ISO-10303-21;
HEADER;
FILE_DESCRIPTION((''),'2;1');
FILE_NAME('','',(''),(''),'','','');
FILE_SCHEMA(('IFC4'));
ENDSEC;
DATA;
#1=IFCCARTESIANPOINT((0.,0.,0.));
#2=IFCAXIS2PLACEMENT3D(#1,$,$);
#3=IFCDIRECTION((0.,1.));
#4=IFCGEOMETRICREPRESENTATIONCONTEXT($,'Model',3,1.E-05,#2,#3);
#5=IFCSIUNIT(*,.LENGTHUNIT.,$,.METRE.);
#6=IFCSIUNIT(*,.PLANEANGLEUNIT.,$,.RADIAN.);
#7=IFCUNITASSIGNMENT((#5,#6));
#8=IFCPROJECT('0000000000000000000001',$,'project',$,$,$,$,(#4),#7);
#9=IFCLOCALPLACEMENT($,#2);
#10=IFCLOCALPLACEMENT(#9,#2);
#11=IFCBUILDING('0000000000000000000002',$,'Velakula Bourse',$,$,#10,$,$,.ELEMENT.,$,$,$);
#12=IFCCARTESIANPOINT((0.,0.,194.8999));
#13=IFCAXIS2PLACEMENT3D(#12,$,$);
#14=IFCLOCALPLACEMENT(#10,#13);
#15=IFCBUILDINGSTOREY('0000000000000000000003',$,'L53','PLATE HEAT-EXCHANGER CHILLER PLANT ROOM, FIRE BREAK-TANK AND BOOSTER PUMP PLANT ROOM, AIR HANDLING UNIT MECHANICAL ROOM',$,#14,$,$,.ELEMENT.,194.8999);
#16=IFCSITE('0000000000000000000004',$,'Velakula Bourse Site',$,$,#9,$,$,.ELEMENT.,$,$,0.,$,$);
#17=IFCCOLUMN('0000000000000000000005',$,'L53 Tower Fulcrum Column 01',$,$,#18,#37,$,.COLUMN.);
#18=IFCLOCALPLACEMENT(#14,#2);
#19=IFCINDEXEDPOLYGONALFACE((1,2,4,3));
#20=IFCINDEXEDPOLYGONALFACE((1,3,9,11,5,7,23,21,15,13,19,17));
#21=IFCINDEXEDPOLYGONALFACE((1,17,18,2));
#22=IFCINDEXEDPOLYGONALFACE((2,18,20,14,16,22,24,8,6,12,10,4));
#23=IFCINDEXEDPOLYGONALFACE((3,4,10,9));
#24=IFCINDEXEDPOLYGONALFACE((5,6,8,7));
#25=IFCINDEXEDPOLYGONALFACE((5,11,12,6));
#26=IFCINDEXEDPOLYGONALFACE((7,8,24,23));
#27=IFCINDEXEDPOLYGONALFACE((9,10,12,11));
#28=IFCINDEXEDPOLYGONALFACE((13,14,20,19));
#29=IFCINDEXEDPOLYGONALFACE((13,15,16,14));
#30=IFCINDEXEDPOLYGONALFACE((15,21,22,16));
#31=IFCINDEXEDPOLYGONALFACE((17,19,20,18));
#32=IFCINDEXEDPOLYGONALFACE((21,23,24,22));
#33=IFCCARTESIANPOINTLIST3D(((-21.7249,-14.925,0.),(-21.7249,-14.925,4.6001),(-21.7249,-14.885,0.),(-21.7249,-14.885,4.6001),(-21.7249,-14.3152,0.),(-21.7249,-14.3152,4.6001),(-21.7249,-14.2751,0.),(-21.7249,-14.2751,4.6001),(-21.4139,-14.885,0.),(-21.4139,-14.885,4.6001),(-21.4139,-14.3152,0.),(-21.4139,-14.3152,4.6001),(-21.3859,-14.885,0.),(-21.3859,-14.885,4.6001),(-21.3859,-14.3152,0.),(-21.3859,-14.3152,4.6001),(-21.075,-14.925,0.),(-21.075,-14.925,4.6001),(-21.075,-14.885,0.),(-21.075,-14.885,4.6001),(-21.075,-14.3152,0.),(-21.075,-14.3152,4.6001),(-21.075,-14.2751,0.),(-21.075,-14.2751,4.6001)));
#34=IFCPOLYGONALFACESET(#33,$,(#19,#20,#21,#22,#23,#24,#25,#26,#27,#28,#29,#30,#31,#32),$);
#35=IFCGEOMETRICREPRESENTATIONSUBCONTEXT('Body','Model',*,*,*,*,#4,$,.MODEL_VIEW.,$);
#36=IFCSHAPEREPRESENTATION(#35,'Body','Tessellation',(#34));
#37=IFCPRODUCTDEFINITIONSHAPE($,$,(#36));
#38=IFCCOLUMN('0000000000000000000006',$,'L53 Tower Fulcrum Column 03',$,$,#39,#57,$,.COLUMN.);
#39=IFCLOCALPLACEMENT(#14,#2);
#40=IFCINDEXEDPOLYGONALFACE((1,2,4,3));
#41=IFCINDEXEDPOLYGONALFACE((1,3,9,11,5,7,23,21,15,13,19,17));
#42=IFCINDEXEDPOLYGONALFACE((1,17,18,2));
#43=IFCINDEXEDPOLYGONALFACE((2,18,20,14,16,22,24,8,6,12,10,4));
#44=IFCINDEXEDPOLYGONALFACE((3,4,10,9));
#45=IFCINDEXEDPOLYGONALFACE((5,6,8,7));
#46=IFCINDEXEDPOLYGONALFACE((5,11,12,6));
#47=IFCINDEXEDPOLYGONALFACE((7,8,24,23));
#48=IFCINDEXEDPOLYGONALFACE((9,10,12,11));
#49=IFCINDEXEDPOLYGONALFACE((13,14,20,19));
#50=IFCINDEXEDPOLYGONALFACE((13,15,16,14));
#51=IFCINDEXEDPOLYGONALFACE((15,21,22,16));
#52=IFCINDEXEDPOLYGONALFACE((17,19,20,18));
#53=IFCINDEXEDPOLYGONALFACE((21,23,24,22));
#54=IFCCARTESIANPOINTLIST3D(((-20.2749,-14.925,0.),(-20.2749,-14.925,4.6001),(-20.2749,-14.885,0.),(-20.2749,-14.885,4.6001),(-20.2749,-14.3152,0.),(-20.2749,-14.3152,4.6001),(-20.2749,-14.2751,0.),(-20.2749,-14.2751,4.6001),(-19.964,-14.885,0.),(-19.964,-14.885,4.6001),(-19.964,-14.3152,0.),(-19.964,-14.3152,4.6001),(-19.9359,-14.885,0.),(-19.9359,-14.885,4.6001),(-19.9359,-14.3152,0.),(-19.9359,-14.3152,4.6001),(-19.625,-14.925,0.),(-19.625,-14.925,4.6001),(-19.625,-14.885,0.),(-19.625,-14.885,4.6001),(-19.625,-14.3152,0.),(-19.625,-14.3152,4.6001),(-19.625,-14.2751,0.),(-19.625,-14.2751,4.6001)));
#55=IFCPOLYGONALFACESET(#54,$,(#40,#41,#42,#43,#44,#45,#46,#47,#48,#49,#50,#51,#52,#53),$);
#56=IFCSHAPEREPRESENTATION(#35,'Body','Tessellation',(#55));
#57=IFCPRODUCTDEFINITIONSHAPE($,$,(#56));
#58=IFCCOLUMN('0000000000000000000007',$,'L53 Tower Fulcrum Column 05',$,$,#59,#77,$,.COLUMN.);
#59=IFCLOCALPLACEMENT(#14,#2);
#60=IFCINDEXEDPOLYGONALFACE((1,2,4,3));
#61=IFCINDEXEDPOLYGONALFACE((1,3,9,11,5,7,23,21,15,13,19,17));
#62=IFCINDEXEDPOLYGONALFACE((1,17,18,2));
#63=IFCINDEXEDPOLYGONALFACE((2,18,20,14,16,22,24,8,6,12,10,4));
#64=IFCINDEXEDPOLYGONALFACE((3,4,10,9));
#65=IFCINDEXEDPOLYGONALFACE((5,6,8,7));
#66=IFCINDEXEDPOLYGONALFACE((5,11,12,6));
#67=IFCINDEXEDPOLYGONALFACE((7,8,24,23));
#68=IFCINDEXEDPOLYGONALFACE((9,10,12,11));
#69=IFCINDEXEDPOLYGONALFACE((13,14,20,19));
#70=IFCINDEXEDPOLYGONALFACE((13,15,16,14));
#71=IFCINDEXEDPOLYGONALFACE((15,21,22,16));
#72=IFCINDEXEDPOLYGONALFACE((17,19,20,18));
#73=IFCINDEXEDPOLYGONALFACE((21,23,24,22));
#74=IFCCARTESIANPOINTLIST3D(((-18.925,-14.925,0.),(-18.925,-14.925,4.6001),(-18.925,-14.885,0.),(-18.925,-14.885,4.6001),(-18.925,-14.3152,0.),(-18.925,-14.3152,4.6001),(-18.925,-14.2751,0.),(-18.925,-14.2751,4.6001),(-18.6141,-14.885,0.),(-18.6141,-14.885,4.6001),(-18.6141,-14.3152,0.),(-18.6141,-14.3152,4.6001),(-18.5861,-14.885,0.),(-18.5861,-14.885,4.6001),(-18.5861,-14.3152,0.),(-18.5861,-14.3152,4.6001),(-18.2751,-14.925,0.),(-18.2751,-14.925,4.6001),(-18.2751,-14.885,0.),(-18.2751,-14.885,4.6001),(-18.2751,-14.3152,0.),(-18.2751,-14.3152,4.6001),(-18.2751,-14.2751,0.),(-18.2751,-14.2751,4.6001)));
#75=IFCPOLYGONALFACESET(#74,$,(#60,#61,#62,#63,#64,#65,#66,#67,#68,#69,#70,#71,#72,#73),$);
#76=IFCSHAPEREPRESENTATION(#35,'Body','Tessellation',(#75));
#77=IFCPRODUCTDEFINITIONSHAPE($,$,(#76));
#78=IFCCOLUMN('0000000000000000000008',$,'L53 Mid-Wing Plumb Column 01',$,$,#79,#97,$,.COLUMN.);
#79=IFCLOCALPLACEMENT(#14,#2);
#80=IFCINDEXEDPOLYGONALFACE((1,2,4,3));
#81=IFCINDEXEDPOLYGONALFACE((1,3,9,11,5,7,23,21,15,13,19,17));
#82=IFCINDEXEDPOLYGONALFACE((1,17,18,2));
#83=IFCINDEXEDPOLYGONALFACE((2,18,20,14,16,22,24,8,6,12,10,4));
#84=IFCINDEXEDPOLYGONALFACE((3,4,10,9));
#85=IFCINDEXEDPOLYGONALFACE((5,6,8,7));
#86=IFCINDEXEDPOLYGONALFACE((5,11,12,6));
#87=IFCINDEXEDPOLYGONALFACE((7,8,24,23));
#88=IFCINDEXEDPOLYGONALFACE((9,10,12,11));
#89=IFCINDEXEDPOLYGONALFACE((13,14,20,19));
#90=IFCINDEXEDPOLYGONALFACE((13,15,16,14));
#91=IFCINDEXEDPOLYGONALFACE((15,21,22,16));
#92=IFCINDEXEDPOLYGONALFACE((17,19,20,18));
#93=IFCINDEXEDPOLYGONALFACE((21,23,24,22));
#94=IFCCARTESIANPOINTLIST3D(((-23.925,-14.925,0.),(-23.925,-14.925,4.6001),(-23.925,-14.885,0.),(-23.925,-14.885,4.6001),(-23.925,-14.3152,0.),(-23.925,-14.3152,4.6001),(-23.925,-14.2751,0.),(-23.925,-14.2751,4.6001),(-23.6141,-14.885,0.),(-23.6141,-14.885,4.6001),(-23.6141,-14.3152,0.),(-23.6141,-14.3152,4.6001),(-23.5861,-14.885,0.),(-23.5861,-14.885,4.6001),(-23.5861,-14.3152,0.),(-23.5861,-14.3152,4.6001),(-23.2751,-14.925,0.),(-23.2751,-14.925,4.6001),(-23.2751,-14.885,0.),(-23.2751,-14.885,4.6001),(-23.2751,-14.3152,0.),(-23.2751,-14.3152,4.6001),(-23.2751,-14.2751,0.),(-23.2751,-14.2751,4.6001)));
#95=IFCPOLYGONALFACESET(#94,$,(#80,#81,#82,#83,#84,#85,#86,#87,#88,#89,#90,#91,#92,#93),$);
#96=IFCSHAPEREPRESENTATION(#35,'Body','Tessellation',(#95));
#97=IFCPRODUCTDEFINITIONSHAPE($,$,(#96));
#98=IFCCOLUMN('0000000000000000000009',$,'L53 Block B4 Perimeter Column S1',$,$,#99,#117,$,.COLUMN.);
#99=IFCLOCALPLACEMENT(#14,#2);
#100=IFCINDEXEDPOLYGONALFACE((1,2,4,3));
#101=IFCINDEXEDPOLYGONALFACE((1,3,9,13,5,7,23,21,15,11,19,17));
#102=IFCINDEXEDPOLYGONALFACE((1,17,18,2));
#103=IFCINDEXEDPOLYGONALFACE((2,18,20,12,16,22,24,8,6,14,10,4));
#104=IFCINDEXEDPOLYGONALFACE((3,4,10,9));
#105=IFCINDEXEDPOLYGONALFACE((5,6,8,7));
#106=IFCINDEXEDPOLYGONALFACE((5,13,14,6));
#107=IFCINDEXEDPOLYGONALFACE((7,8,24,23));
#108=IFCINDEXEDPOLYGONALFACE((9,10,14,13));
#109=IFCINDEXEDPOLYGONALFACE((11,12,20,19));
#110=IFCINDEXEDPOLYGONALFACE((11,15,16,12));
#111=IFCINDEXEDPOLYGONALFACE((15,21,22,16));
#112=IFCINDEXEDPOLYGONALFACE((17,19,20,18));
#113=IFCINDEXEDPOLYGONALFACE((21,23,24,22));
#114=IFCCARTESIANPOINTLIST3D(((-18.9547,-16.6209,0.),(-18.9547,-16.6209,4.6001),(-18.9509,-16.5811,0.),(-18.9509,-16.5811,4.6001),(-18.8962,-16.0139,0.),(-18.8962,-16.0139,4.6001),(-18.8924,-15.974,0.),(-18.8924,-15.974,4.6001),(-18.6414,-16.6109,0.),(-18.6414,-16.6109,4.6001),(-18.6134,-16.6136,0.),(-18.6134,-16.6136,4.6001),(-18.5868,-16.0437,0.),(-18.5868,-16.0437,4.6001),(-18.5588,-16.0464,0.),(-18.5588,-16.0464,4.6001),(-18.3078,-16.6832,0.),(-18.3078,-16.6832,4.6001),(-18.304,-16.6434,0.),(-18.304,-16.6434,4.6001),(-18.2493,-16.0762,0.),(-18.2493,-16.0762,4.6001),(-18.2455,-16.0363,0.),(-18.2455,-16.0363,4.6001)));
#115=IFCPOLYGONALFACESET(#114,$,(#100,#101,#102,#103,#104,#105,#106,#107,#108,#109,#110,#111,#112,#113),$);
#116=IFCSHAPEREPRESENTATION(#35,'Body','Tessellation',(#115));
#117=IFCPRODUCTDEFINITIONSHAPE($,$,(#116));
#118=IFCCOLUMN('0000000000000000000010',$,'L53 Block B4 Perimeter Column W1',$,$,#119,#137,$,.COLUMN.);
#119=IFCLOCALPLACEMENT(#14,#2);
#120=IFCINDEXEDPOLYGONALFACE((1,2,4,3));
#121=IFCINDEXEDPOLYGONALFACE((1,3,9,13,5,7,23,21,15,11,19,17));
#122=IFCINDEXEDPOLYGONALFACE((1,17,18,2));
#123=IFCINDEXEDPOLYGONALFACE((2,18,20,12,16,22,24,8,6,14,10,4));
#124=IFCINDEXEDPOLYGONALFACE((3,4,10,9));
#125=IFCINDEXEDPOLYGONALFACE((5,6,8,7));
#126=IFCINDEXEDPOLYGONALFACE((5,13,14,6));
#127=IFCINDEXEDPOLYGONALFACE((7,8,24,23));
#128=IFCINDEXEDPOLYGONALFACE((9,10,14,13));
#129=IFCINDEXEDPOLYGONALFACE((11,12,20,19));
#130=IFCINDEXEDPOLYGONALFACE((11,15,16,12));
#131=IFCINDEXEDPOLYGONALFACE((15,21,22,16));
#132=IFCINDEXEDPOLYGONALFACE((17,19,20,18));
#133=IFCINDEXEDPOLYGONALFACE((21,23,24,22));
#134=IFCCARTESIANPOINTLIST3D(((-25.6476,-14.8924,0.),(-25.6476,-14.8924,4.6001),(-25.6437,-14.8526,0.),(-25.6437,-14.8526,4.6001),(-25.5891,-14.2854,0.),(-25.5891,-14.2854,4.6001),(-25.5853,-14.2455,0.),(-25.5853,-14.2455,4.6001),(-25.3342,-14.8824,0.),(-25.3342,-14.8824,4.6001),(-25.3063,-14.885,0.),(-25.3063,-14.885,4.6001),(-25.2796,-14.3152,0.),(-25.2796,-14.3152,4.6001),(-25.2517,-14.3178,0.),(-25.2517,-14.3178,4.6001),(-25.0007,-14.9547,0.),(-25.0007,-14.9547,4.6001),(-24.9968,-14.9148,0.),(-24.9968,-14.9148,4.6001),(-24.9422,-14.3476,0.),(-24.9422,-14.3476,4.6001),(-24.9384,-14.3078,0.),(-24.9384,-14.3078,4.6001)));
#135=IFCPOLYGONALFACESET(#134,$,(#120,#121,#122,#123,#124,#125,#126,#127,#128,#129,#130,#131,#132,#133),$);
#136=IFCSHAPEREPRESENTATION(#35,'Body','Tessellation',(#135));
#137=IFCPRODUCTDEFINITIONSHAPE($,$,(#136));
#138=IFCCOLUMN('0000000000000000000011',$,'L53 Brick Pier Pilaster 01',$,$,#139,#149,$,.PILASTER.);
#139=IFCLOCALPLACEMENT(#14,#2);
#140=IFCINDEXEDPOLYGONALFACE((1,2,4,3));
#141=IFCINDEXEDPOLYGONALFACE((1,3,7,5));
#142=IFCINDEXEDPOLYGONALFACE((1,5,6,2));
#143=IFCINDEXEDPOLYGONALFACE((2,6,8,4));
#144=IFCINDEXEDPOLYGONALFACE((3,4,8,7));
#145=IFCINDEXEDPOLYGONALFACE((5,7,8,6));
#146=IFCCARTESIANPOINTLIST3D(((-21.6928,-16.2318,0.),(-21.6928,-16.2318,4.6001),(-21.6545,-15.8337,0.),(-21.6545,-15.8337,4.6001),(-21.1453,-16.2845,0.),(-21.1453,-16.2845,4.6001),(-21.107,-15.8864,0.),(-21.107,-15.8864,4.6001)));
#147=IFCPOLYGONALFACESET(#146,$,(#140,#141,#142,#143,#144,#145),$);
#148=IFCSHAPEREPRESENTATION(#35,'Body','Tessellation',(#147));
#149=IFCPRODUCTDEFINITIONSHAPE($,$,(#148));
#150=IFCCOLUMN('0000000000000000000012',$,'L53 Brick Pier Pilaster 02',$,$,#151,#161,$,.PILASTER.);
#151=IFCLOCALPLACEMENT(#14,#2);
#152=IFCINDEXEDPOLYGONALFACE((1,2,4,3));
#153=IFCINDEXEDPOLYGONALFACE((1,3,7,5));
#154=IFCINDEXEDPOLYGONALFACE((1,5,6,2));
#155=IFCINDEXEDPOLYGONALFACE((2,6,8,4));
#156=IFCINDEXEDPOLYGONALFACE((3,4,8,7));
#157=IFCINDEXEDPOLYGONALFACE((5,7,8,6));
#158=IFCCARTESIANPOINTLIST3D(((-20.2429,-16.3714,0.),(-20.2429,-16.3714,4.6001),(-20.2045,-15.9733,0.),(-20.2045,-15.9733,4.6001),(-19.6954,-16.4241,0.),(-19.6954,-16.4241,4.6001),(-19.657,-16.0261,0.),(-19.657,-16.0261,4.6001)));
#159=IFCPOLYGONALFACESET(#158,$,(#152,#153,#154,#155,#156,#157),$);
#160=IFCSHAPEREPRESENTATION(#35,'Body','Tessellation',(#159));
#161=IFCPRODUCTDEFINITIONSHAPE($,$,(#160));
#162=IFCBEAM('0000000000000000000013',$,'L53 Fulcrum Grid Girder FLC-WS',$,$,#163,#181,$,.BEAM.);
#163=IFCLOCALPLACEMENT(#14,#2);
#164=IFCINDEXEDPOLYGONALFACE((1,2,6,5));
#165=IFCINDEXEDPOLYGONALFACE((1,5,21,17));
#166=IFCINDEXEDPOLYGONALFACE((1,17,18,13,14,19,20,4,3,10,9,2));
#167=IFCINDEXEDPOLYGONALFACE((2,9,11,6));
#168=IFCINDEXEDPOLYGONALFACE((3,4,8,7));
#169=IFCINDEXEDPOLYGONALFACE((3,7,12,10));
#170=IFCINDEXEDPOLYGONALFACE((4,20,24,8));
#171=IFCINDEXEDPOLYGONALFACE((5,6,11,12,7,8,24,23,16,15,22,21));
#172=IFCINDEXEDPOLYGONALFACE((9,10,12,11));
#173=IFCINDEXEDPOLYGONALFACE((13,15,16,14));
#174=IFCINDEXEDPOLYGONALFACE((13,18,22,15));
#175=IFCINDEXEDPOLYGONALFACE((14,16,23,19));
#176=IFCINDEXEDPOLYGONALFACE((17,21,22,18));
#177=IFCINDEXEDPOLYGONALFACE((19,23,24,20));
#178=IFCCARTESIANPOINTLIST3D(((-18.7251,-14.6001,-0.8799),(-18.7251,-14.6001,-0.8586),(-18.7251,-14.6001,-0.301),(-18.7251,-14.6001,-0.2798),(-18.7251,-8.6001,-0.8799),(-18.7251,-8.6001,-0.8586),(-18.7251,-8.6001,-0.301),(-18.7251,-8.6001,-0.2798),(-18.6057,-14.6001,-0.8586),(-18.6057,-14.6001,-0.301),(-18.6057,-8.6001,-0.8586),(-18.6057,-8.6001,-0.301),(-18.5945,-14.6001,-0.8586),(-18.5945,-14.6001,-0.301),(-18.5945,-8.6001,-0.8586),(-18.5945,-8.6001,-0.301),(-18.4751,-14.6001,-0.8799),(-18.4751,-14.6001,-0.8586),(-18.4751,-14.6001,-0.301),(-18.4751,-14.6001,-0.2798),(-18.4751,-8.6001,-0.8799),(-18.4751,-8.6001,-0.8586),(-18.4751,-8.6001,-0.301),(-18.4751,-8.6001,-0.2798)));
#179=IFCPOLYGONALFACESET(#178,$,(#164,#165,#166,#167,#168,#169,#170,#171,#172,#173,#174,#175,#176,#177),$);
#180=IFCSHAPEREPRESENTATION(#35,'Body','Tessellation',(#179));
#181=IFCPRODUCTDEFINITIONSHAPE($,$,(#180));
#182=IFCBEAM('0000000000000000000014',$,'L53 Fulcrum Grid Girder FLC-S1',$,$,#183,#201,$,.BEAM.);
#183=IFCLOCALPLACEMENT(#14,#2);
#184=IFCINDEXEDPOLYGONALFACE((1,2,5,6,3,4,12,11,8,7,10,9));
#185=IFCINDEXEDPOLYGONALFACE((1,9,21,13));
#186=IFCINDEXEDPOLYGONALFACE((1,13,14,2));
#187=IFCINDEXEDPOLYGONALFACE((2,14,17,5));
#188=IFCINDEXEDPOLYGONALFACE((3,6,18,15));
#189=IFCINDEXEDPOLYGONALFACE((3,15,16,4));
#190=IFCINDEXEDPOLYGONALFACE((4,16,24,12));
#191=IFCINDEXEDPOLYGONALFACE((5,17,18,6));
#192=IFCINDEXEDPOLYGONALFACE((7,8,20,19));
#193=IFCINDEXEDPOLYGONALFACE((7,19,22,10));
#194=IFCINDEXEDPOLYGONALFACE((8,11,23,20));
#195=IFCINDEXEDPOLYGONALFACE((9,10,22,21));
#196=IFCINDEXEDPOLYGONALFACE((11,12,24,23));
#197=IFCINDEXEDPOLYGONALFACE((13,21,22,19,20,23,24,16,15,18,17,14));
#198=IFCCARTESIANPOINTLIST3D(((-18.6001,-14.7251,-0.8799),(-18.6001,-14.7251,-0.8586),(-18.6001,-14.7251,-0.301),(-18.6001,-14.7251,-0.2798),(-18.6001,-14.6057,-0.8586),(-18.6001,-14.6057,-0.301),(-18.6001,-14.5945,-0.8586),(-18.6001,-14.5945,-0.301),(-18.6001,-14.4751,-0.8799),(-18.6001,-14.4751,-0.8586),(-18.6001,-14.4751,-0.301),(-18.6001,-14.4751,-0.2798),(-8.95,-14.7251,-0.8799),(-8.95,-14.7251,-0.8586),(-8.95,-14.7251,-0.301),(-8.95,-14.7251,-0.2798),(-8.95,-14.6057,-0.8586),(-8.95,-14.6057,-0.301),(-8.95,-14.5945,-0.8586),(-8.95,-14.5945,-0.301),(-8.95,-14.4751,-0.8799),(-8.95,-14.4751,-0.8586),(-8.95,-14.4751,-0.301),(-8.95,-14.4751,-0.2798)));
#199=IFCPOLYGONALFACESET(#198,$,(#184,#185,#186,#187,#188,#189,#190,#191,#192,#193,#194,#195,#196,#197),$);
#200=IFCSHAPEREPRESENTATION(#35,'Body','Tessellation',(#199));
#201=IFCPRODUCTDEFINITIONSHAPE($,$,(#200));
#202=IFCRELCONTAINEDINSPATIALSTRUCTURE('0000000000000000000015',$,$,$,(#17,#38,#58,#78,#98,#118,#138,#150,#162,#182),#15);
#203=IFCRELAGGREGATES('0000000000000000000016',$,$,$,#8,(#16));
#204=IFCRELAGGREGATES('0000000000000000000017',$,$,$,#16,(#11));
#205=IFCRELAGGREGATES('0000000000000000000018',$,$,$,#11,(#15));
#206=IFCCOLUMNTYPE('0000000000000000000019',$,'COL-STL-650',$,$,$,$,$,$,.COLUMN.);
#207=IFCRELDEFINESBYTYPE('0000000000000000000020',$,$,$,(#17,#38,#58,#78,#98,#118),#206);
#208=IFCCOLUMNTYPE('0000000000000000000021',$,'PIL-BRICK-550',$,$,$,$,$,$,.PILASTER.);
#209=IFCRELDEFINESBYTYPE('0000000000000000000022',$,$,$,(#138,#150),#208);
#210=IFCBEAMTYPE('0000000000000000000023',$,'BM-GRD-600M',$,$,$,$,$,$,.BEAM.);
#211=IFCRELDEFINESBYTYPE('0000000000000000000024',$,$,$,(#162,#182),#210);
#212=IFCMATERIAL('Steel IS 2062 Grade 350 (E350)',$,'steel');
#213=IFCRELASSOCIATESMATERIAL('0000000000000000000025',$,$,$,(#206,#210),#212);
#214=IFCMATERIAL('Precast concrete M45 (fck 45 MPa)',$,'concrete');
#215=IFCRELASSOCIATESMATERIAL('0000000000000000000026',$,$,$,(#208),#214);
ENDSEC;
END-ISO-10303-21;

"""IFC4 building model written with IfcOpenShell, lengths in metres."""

from ifc_helpers import new_model, si_unit, direction, frame, origin, origin_2d, place, context, subcontext, project, spatial, rectangle, i_section, extrude, material, material_profile, profile_set, type_object, element, save


model = new_model("IFC4")

# Units and contexts
model_context = context("Model", 3, precision=1e-05, world=origin(), true_north=direction((0.0, 1.0)))
body_context = subcontext(model_context, "Body", "Model", "MODEL_VIEW")
ifc_project = project(units=[si_unit("LENGTHUNIT", "METRE"), si_unit("PLANEANGLEUNIT", "RADIAN")], contexts=[model_context])

# Site, building, storey
site_placement = place(None, origin())
site = spatial("IfcSite", under=ifc_project, at=site_placement, Name="Velakula Bourse Site", CompositionType="ELEMENT", RefElevation=0.0)
building_placement = place(site_placement, origin())
building = spatial("IfcBuilding", under=site, at=building_placement, Name="Velakula Bourse", CompositionType="ELEMENT")
storey_placement = place(building_placement, frame((0.0, 0.0, 194.8999)))
storey = spatial("IfcBuildingStorey", under=building, at=storey_placement, Name="L53", Description="PLATE HEAT-EXCHANGER CHILLER PLANT ROOM, FIRE BREAK-TANK AND BOOSTER PUMP PLANT ROOM, AIR HANDLING UNIT MECHANICAL ROOM", CompositionType="ELEMENT", Elevation=194.8999)

# Columns
ifc_material_1 = material(Name="Steel IS 2062 Grade 350 (E350)", Category="steel")
ifc_material_profile_1 = material_profile(ifc_material_1, i_section(OverallWidth=0.6499, OverallDepth=0.6499, WebThickness=0.0281, FlangeThickness=0.04, at=origin_2d()), Name="Steel IS 2062 Grade 350 (E350)")
ifc_profile_set_1 = profile_set([ifc_material_profile_1], Name="Steel IS 2062 Grade 350 (E350)")
column_type_1 = type_object("IfcColumnType", Name="COL-STL-650", PredefinedType="COLUMN", material=ifc_profile_set_1)
for number, where, z_axis, x_axis, name in (
    (1, (-21.3999, -14.6001, 0.0), (0.0, 0.0, 1.0), (1.0, 0.0, 0.0), "L53 Tower Fulcrum Column 01"),
    (2, (-19.95, -14.6001, 0.0), (0.0, 0.0, 1.0), (1.0, 0.0, 0.0), "L53 Tower Fulcrum Column 03"),
    (3, (-18.6001, -14.6001, 0.0), (0.0, 0.0, 1.0), (1.0, 0.0, 0.0), "L53 Tower Fulcrum Column 05"),
    (4, (-23.6001, -14.6001, 0.0), (0.0, 0.0, 1.0), (1.0, 0.0, 0.0), "L53 Mid-Wing Plumb Column 01"),
    (5, (-18.6001, -16.3286, 0.0), (0.0, 0.0, 1.0), (0.995396, -0.095846, 0.0), "L53 Block B4 Perimeter Column S1"),
    (6, (-25.293, -14.6001, 0.0), (0.0, 0.0, 1.0), (0.995396, -0.095846, 0.0), "L53 Block B4 Perimeter Column W1"),
):
    element("IfcColumn", number, at=place(storey_placement, frame(where, z_axis=z_axis, x_axis=x_axis)), inside=storey, type_object=column_type_1, Name=name, PredefinedType="COLUMN", context=body_context, shape_type="SweptSolid", body=[
        extrude(i_section(OverallWidth=0.6499, OverallDepth=0.6499, WebThickness=0.0281, FlangeThickness=0.04, at=origin_2d()), origin(), (0.0, 0.0, 1.0), 4.6001),
    ])
ifc_material_2 = material(Name="Precast concrete M45 (fck 45 MPa)", Category="concrete")
ifc_material_profile_2 = material_profile(ifc_material_2, rectangle(XDim=0.55, YDim=0.3999, at=origin_2d()), Name="Precast concrete M45 (fck 45 MPa)")
ifc_profile_set_2 = profile_set([ifc_material_profile_2], Name="Precast concrete M45 (fck 45 MPa)")
column_type_2 = type_object("IfcColumnType", Name="PIL-BRICK-550", PredefinedType="PILASTER", material=ifc_profile_set_2)
for number, where, z_axis, x_axis, name in (
    (7, (-21.3999, -16.0591, 0.0), (0.0, 0.0, 1.0), (0.995396, -0.095846, 0.0), "L53 Brick Pier Pilaster 01"),
    (8, (-19.95, -16.1987, 0.0), (0.0, 0.0, 1.0), (0.995396, -0.095846, 0.0), "L53 Brick Pier Pilaster 02"),
):
    element("IfcColumn", number, at=place(storey_placement, frame(where, z_axis=z_axis, x_axis=x_axis)), inside=storey, type_object=column_type_2, Name=name, PredefinedType="PILASTER", context=body_context, shape_type="SweptSolid", body=[
        extrude(rectangle(XDim=0.55, YDim=0.3999, at=origin_2d()), origin(), (0.0, 0.0, 1.0), 4.6001),
    ])

# Beams
ifc_material_profile_3 = material_profile(ifc_material_1, i_section(OverallWidth=0.25, OverallDepth=0.6001, WebThickness=0.0112, FlangeThickness=0.0212, at=origin_2d()), Name="Steel IS 2062 Grade 350 (E350)")
ifc_profile_set_3 = profile_set([ifc_material_profile_3], Name="Steel IS 2062 Grade 350 (E350)")
beam_type_1 = type_object("IfcBeamType", Name="BM-GRD-600M", PredefinedType="BEAM", material=ifc_profile_set_3)
beam_1_placement = place(storey_placement, frame((-18.6001, -14.6001, -0.5798), z_axis=(0.0, 1.0, 0.0), x_axis=(-1.0, 0.0, 0.0)))
element("IfcBeam", 9, at=beam_1_placement, inside=storey, type_object=beam_type_1, Name="L53 Fulcrum Grid Girder FLC-WS", PredefinedType="BEAM", context=body_context, shape_type="SweptSolid", body=[
    extrude(i_section(OverallWidth=0.25, OverallDepth=0.6001, WebThickness=0.0112, FlangeThickness=0.0212, at=origin_2d()), origin(), (0.0, 0.0, 1.0), 6.0),
])
beam_2_placement = place(storey_placement, frame((-18.6001, -14.6001, -0.5798), z_axis=(1.0, 0.0, 0.0), x_axis=(0.0, 1.0, 0.0)))
element("IfcBeam", 10, at=beam_2_placement, inside=storey, type_object=beam_type_1, Name="L53 Fulcrum Grid Girder FLC-S1", PredefinedType="BEAM", context=body_context, shape_type="SweptSolid", body=[
    extrude(i_section(OverallWidth=0.25, OverallDepth=0.6001, WebThickness=0.0112, FlangeThickness=0.0212, at=origin_2d()), origin(), (0.0, 0.0, 1.0), 9.6501),
])

save(model, "model.ifc")
